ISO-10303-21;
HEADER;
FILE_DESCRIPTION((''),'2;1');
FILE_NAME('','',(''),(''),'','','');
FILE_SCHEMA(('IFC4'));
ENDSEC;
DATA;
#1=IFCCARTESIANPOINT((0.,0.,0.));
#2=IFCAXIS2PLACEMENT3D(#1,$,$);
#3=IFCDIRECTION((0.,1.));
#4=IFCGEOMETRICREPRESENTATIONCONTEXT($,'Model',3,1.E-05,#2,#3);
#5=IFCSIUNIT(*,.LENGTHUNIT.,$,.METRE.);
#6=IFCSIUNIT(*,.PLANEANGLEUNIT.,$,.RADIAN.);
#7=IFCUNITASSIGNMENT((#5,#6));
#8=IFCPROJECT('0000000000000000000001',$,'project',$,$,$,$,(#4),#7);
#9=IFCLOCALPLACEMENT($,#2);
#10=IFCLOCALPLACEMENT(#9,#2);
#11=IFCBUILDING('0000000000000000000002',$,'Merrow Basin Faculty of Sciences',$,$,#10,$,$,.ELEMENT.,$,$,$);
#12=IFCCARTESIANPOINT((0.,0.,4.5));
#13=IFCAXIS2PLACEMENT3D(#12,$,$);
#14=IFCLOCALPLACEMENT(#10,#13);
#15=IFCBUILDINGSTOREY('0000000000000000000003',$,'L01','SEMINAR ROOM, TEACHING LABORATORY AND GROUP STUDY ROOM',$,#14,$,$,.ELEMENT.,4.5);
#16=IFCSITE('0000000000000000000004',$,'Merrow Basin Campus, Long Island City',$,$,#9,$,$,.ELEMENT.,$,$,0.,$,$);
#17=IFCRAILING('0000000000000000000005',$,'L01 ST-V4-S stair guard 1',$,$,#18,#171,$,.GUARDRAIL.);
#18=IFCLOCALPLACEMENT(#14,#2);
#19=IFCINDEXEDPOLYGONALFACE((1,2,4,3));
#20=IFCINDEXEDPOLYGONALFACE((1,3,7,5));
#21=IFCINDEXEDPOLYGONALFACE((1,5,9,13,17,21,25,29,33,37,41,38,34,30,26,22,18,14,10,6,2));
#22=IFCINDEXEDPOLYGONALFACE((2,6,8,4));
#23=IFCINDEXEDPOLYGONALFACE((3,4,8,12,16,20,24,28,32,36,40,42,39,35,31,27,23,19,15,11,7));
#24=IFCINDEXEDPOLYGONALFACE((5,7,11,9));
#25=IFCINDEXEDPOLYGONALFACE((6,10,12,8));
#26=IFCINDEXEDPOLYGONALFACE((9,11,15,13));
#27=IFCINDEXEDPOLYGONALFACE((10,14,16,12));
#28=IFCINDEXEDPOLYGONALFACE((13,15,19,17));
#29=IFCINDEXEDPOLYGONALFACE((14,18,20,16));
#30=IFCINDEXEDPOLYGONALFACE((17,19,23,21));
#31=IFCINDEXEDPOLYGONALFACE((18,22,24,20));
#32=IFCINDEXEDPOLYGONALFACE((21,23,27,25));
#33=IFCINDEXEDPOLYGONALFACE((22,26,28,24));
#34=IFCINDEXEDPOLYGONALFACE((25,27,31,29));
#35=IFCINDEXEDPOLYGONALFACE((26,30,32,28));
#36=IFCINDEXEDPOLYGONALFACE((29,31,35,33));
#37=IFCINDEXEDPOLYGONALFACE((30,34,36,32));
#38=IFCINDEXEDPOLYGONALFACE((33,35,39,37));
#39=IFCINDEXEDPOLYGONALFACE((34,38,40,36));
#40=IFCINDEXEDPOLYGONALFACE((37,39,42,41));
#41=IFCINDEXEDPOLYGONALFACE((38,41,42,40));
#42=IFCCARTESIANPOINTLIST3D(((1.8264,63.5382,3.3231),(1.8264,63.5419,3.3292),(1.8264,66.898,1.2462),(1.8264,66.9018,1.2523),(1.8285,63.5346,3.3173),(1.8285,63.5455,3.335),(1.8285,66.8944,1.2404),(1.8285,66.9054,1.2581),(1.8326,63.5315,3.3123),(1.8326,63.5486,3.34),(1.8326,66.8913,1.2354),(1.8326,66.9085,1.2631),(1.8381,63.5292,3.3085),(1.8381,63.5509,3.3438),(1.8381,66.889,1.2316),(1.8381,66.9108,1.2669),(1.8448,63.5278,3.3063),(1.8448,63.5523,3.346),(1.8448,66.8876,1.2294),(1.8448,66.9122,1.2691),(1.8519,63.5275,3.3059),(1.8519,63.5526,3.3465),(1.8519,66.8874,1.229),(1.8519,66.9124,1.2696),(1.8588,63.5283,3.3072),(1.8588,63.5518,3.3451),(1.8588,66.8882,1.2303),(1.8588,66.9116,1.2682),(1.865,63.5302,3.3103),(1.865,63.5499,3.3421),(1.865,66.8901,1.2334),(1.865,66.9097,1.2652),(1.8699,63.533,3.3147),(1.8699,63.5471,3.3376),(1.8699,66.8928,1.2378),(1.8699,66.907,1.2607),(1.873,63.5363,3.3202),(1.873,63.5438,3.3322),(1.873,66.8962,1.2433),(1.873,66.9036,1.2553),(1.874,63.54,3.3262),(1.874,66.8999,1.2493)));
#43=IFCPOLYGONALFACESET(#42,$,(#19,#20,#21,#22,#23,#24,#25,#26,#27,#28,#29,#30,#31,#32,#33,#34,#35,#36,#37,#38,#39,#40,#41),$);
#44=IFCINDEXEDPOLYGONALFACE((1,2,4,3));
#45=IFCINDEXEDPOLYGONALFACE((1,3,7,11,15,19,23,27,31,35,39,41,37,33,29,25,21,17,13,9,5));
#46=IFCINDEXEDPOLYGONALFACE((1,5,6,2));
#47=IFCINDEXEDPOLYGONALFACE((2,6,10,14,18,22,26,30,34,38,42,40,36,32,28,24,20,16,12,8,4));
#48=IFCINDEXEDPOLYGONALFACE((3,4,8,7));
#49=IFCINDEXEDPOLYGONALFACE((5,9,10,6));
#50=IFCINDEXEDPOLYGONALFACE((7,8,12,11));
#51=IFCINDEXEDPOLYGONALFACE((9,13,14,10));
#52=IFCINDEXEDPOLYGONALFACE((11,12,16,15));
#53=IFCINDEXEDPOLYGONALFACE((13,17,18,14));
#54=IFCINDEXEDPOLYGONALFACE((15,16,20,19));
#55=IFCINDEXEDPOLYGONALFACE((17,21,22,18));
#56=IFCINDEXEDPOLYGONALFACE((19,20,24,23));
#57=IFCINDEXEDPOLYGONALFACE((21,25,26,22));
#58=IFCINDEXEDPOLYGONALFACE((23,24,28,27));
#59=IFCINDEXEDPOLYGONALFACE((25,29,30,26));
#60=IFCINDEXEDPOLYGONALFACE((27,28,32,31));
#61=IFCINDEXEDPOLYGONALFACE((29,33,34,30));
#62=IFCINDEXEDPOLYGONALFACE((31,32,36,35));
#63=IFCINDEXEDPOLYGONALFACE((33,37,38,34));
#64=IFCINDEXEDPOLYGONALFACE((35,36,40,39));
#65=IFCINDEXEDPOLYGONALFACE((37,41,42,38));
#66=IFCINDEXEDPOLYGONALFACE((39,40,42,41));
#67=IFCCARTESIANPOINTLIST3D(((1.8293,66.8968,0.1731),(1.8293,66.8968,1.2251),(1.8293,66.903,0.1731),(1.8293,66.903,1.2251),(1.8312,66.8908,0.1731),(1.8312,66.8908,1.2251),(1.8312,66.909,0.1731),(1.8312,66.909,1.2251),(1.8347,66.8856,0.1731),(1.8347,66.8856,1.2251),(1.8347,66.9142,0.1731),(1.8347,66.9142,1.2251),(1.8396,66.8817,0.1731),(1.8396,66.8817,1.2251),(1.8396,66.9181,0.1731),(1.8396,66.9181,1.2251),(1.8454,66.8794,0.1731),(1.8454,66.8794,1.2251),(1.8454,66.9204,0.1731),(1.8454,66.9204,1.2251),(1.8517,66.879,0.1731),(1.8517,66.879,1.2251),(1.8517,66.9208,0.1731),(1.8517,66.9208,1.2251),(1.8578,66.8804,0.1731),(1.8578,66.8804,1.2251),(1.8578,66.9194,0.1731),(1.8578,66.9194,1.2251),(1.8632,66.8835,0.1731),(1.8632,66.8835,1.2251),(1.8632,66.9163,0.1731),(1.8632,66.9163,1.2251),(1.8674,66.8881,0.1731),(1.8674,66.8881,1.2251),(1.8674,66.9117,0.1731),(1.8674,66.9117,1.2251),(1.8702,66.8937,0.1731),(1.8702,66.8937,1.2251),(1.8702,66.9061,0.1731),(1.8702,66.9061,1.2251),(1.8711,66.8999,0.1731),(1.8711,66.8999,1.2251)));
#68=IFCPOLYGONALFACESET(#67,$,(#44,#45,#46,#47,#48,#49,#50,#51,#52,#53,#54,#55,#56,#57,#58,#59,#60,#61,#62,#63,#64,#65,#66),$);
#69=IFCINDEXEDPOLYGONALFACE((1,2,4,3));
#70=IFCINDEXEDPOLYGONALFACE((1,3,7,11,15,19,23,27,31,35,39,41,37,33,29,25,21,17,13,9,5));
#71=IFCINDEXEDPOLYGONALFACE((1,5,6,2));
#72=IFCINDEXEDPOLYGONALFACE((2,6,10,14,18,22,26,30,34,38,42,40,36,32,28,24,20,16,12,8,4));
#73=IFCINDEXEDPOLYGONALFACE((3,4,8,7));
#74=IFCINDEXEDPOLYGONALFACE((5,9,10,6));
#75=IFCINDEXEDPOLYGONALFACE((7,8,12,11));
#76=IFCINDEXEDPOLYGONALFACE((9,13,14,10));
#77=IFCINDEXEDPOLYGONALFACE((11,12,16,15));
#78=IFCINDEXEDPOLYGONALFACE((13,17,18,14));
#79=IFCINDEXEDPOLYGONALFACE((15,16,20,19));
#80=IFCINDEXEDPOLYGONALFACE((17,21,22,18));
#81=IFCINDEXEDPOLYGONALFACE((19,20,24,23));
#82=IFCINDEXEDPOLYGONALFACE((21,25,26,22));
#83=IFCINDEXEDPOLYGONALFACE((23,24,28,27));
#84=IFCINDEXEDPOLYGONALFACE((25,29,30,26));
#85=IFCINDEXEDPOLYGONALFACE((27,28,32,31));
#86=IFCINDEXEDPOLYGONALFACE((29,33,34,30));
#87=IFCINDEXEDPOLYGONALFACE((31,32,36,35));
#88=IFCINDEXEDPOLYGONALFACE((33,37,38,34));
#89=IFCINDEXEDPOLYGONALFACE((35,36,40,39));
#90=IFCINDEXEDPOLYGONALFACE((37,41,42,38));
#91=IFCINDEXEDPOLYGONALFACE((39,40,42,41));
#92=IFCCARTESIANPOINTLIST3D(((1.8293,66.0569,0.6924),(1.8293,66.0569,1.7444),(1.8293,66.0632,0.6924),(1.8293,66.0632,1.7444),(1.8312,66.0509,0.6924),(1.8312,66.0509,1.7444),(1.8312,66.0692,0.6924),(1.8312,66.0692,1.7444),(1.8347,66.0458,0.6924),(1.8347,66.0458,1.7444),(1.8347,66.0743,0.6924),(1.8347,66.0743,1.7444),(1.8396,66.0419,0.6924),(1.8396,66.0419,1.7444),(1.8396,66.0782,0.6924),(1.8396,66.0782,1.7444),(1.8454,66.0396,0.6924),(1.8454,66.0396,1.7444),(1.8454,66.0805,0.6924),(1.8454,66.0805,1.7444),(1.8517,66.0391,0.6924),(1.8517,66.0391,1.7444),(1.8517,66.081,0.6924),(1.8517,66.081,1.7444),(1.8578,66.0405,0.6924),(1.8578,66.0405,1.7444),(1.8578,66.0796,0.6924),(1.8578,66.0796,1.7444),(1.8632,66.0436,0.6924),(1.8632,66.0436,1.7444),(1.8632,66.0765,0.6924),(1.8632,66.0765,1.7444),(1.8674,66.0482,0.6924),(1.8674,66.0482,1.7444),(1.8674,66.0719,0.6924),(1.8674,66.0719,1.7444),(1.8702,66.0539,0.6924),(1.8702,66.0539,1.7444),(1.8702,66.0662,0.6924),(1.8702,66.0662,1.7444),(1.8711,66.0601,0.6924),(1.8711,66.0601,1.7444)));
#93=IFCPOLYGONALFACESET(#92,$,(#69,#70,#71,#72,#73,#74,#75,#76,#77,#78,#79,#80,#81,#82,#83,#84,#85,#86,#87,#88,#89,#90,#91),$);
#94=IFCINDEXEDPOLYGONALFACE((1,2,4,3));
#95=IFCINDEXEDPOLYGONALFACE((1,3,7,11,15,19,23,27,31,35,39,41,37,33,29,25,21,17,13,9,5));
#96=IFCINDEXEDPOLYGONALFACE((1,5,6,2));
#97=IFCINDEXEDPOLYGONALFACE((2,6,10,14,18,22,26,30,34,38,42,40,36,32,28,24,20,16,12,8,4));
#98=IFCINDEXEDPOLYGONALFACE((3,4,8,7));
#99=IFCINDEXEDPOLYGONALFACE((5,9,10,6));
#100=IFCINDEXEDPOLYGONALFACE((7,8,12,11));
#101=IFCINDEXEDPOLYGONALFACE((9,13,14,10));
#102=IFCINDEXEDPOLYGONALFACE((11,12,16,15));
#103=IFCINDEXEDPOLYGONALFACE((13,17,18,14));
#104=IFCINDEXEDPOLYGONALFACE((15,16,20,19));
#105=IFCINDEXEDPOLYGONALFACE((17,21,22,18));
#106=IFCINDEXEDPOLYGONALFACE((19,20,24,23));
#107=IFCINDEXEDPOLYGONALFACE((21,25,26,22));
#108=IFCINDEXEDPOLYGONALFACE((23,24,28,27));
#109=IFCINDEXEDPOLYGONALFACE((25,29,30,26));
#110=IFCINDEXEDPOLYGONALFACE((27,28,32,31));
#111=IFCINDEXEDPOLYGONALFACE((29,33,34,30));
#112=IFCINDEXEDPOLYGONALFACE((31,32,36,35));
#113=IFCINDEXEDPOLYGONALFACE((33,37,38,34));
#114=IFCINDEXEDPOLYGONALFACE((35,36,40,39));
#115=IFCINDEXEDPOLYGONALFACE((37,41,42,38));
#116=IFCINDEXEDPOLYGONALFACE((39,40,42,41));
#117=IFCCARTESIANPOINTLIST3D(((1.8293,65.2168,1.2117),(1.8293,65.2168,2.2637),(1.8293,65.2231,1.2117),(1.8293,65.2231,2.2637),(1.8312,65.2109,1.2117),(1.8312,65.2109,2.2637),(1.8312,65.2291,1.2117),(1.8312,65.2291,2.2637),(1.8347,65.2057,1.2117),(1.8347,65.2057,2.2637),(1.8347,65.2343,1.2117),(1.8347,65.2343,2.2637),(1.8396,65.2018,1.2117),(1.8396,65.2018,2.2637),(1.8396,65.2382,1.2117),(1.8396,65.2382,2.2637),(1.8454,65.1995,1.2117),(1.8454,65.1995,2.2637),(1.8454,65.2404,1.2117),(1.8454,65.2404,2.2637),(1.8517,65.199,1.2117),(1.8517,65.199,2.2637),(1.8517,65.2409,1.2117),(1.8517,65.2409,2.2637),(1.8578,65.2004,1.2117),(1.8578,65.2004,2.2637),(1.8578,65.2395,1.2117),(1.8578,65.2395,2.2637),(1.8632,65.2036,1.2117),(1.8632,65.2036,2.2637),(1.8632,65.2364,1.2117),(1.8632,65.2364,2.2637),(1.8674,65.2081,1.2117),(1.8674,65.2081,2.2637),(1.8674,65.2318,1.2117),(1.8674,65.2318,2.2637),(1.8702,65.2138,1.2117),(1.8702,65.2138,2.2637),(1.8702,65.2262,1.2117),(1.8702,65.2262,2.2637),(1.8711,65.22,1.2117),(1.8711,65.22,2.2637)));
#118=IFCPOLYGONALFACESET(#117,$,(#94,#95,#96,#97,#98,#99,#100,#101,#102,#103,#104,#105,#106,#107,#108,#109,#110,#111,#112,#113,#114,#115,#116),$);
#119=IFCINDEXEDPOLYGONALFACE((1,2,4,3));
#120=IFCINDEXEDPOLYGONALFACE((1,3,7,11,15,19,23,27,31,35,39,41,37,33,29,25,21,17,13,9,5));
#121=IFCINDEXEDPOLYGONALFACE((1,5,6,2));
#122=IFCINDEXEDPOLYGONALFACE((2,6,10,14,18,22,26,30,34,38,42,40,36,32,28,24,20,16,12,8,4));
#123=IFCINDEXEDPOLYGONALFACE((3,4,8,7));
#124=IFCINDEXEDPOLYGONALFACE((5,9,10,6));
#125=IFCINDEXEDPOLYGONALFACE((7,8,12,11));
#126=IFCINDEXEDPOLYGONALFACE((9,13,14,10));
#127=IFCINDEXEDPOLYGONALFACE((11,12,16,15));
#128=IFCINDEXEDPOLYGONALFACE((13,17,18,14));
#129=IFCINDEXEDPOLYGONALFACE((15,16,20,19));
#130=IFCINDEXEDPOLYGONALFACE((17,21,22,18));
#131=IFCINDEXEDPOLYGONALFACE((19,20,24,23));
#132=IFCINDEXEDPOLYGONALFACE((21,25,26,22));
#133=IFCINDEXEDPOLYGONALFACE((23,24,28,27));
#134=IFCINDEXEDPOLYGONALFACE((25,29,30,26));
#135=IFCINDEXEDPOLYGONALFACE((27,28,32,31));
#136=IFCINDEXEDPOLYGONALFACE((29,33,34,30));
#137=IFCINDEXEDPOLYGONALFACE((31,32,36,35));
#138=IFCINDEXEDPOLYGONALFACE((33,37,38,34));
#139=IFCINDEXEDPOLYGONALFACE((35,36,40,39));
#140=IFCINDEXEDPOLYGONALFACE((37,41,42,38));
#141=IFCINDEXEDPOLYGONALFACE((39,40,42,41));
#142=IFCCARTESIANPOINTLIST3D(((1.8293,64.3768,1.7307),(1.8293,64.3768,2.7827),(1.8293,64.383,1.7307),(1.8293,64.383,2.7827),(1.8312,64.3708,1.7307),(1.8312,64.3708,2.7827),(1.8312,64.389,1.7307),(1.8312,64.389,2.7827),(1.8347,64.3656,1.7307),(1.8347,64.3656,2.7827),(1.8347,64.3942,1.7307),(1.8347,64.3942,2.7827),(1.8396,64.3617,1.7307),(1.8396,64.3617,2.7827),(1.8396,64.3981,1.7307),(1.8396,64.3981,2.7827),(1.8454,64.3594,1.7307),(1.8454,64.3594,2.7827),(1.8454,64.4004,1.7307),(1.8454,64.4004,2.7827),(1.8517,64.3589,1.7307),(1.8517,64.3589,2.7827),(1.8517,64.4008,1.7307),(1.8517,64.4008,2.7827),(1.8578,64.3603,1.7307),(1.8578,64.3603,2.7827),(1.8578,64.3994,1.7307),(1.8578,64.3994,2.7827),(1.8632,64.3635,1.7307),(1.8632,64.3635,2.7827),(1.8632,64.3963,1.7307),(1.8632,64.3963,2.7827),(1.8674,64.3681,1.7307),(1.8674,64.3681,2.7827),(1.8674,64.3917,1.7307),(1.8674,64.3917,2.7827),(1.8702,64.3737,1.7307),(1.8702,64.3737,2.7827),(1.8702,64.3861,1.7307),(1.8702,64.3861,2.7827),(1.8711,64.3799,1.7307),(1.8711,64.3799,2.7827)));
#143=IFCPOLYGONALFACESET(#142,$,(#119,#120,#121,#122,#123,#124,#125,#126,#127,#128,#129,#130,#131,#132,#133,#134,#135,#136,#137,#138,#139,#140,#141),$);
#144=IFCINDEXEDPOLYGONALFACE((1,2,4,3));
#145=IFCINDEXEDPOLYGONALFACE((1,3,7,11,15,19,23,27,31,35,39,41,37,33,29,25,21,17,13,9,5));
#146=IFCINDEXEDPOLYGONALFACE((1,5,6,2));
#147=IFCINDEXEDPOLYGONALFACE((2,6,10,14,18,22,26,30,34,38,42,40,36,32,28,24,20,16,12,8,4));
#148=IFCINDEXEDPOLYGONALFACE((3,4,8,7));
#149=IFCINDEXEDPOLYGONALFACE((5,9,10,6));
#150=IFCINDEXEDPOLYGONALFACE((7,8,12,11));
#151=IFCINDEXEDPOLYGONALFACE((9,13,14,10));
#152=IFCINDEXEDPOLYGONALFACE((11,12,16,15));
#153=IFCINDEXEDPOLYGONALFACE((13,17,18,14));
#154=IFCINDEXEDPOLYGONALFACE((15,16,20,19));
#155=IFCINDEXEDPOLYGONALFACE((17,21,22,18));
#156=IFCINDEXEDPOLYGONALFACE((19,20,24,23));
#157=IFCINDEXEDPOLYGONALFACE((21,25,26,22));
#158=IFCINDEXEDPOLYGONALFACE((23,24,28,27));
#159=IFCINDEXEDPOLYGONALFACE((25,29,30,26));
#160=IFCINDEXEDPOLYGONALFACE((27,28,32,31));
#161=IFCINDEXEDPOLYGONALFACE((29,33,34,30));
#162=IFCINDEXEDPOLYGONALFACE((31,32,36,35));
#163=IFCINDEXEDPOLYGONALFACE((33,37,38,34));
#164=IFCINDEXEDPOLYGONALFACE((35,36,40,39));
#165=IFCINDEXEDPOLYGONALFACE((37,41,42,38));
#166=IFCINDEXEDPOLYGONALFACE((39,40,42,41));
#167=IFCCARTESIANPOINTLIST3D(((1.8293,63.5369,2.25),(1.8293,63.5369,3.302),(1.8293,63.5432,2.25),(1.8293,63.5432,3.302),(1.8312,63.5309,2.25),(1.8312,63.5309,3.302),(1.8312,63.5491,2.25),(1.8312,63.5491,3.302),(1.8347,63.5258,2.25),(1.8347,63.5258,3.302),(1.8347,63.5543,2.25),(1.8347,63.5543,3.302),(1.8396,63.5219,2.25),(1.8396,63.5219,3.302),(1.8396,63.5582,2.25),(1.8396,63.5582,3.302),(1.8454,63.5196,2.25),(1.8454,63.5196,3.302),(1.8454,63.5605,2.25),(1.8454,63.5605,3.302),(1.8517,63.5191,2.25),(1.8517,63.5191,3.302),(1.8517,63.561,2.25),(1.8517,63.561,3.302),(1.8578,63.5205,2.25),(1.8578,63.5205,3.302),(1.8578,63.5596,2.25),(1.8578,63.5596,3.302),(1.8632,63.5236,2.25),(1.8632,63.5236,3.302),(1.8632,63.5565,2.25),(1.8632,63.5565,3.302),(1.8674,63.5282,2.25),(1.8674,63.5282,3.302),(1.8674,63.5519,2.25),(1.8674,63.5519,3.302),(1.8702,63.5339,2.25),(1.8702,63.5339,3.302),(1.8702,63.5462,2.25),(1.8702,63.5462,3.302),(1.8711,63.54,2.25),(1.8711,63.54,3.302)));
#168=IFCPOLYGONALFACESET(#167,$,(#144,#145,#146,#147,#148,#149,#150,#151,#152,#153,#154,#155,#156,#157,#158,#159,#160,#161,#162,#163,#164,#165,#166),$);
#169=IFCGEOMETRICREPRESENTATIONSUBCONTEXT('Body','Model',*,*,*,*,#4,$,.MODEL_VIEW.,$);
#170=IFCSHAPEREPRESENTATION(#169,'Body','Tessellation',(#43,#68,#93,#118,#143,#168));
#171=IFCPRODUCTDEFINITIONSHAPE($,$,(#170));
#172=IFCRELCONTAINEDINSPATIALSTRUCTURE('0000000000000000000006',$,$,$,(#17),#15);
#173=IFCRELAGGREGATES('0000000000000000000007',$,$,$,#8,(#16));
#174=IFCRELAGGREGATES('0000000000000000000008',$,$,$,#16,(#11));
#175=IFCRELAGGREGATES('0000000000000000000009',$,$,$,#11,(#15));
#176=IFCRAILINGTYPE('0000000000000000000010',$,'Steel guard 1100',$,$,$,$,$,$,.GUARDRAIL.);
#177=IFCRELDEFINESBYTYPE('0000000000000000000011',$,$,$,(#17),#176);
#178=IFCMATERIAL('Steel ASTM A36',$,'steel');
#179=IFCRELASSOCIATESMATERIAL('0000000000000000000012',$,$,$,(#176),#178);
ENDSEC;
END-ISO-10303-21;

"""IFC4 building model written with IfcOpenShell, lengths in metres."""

from ifc_helpers import new_model, si_unit, direction, frame, origin, origin_2d, place, context, subcontext, project, spatial, circle, extrude, material, type_object, element, save


model = new_model("IFC4")

# Units and contexts
model_context = context("Model", 3, precision=1e-05, world=origin(), true_north=direction((0.0, 1.0)))
body_context = subcontext(model_context, "Body", "Model", "MODEL_VIEW")
ifc_project = project(units=[si_unit("LENGTHUNIT", "METRE"), si_unit("PLANEANGLEUNIT", "RADIAN")], contexts=[model_context])

# Site, building, storey
site_placement = place(None, origin())
site = spatial("IfcSite", under=ifc_project, at=site_placement, Name="Merrow Basin Campus, Long Island City", CompositionType="ELEMENT", RefElevation=0.0)
building_placement = place(site_placement, origin())
building = spatial("IfcBuilding", under=site, at=building_placement, Name="Merrow Basin Faculty of Sciences", CompositionType="ELEMENT")
storey_placement = place(building_placement, frame((0.0, 0.0, 4.5)))
storey = spatial("IfcBuildingStorey", under=building, at=storey_placement, Name="L01", Description="SEMINAR ROOM, TEACHING LABORATORY AND GROUP STUDY ROOM", CompositionType="ELEMENT", Elevation=4.5)

# Railing
ifc_material_1 = material(Name="Steel ASTM A36", Category="steel")
railing_type_1 = type_object("IfcRailingType", Name="Steel guard 1100", PredefinedType="GUARDRAIL", material=ifc_material_1)
railing_1_placement = place(storey_placement, frame((1.8501, 66.8999, 0.1731)))
element("IfcRailing", 1, at=railing_1_placement, inside=storey, type_object=railing_type_1, Name="L01 ST-V4-S stair guard 1", PredefinedType="GUARDRAIL", context=body_context, shape_type="SweptSolid", body=[
    extrude(circle(Radius=0.0239, at=origin_2d()), frame((0.0, 0.0, 1.0762), z_axis=(0.0, -0.850606, 0.525803), x_axis=(1.0, 0.0, 0.0)), (0.0, 0.0, 1.0), 3.95),
    extrude(circle(Radius=0.021, at=origin_2d()), origin(), (0.0, 0.0, 1.0), 1.052),
    extrude(circle(Radius=0.021, at=origin_2d()), frame((0.0, -0.8398, 0.5193)), (0.0, 0.0, 1.0), 1.052),
    extrude(circle(Radius=0.021, at=origin_2d()), frame((0.0, -1.6799, 1.0386)), (0.0, 0.0, 1.0), 1.052),
    extrude(circle(Radius=0.021, at=origin_2d()), frame((0.0, -2.52, 1.5576)), (0.0, 0.0, 1.0), 1.052),
    extrude(circle(Radius=0.021, at=origin_2d()), frame((0.0, -3.3599, 2.0769)), (0.0, 0.0, 1.0), 1.052),
])

save(model, "model.ifc")
